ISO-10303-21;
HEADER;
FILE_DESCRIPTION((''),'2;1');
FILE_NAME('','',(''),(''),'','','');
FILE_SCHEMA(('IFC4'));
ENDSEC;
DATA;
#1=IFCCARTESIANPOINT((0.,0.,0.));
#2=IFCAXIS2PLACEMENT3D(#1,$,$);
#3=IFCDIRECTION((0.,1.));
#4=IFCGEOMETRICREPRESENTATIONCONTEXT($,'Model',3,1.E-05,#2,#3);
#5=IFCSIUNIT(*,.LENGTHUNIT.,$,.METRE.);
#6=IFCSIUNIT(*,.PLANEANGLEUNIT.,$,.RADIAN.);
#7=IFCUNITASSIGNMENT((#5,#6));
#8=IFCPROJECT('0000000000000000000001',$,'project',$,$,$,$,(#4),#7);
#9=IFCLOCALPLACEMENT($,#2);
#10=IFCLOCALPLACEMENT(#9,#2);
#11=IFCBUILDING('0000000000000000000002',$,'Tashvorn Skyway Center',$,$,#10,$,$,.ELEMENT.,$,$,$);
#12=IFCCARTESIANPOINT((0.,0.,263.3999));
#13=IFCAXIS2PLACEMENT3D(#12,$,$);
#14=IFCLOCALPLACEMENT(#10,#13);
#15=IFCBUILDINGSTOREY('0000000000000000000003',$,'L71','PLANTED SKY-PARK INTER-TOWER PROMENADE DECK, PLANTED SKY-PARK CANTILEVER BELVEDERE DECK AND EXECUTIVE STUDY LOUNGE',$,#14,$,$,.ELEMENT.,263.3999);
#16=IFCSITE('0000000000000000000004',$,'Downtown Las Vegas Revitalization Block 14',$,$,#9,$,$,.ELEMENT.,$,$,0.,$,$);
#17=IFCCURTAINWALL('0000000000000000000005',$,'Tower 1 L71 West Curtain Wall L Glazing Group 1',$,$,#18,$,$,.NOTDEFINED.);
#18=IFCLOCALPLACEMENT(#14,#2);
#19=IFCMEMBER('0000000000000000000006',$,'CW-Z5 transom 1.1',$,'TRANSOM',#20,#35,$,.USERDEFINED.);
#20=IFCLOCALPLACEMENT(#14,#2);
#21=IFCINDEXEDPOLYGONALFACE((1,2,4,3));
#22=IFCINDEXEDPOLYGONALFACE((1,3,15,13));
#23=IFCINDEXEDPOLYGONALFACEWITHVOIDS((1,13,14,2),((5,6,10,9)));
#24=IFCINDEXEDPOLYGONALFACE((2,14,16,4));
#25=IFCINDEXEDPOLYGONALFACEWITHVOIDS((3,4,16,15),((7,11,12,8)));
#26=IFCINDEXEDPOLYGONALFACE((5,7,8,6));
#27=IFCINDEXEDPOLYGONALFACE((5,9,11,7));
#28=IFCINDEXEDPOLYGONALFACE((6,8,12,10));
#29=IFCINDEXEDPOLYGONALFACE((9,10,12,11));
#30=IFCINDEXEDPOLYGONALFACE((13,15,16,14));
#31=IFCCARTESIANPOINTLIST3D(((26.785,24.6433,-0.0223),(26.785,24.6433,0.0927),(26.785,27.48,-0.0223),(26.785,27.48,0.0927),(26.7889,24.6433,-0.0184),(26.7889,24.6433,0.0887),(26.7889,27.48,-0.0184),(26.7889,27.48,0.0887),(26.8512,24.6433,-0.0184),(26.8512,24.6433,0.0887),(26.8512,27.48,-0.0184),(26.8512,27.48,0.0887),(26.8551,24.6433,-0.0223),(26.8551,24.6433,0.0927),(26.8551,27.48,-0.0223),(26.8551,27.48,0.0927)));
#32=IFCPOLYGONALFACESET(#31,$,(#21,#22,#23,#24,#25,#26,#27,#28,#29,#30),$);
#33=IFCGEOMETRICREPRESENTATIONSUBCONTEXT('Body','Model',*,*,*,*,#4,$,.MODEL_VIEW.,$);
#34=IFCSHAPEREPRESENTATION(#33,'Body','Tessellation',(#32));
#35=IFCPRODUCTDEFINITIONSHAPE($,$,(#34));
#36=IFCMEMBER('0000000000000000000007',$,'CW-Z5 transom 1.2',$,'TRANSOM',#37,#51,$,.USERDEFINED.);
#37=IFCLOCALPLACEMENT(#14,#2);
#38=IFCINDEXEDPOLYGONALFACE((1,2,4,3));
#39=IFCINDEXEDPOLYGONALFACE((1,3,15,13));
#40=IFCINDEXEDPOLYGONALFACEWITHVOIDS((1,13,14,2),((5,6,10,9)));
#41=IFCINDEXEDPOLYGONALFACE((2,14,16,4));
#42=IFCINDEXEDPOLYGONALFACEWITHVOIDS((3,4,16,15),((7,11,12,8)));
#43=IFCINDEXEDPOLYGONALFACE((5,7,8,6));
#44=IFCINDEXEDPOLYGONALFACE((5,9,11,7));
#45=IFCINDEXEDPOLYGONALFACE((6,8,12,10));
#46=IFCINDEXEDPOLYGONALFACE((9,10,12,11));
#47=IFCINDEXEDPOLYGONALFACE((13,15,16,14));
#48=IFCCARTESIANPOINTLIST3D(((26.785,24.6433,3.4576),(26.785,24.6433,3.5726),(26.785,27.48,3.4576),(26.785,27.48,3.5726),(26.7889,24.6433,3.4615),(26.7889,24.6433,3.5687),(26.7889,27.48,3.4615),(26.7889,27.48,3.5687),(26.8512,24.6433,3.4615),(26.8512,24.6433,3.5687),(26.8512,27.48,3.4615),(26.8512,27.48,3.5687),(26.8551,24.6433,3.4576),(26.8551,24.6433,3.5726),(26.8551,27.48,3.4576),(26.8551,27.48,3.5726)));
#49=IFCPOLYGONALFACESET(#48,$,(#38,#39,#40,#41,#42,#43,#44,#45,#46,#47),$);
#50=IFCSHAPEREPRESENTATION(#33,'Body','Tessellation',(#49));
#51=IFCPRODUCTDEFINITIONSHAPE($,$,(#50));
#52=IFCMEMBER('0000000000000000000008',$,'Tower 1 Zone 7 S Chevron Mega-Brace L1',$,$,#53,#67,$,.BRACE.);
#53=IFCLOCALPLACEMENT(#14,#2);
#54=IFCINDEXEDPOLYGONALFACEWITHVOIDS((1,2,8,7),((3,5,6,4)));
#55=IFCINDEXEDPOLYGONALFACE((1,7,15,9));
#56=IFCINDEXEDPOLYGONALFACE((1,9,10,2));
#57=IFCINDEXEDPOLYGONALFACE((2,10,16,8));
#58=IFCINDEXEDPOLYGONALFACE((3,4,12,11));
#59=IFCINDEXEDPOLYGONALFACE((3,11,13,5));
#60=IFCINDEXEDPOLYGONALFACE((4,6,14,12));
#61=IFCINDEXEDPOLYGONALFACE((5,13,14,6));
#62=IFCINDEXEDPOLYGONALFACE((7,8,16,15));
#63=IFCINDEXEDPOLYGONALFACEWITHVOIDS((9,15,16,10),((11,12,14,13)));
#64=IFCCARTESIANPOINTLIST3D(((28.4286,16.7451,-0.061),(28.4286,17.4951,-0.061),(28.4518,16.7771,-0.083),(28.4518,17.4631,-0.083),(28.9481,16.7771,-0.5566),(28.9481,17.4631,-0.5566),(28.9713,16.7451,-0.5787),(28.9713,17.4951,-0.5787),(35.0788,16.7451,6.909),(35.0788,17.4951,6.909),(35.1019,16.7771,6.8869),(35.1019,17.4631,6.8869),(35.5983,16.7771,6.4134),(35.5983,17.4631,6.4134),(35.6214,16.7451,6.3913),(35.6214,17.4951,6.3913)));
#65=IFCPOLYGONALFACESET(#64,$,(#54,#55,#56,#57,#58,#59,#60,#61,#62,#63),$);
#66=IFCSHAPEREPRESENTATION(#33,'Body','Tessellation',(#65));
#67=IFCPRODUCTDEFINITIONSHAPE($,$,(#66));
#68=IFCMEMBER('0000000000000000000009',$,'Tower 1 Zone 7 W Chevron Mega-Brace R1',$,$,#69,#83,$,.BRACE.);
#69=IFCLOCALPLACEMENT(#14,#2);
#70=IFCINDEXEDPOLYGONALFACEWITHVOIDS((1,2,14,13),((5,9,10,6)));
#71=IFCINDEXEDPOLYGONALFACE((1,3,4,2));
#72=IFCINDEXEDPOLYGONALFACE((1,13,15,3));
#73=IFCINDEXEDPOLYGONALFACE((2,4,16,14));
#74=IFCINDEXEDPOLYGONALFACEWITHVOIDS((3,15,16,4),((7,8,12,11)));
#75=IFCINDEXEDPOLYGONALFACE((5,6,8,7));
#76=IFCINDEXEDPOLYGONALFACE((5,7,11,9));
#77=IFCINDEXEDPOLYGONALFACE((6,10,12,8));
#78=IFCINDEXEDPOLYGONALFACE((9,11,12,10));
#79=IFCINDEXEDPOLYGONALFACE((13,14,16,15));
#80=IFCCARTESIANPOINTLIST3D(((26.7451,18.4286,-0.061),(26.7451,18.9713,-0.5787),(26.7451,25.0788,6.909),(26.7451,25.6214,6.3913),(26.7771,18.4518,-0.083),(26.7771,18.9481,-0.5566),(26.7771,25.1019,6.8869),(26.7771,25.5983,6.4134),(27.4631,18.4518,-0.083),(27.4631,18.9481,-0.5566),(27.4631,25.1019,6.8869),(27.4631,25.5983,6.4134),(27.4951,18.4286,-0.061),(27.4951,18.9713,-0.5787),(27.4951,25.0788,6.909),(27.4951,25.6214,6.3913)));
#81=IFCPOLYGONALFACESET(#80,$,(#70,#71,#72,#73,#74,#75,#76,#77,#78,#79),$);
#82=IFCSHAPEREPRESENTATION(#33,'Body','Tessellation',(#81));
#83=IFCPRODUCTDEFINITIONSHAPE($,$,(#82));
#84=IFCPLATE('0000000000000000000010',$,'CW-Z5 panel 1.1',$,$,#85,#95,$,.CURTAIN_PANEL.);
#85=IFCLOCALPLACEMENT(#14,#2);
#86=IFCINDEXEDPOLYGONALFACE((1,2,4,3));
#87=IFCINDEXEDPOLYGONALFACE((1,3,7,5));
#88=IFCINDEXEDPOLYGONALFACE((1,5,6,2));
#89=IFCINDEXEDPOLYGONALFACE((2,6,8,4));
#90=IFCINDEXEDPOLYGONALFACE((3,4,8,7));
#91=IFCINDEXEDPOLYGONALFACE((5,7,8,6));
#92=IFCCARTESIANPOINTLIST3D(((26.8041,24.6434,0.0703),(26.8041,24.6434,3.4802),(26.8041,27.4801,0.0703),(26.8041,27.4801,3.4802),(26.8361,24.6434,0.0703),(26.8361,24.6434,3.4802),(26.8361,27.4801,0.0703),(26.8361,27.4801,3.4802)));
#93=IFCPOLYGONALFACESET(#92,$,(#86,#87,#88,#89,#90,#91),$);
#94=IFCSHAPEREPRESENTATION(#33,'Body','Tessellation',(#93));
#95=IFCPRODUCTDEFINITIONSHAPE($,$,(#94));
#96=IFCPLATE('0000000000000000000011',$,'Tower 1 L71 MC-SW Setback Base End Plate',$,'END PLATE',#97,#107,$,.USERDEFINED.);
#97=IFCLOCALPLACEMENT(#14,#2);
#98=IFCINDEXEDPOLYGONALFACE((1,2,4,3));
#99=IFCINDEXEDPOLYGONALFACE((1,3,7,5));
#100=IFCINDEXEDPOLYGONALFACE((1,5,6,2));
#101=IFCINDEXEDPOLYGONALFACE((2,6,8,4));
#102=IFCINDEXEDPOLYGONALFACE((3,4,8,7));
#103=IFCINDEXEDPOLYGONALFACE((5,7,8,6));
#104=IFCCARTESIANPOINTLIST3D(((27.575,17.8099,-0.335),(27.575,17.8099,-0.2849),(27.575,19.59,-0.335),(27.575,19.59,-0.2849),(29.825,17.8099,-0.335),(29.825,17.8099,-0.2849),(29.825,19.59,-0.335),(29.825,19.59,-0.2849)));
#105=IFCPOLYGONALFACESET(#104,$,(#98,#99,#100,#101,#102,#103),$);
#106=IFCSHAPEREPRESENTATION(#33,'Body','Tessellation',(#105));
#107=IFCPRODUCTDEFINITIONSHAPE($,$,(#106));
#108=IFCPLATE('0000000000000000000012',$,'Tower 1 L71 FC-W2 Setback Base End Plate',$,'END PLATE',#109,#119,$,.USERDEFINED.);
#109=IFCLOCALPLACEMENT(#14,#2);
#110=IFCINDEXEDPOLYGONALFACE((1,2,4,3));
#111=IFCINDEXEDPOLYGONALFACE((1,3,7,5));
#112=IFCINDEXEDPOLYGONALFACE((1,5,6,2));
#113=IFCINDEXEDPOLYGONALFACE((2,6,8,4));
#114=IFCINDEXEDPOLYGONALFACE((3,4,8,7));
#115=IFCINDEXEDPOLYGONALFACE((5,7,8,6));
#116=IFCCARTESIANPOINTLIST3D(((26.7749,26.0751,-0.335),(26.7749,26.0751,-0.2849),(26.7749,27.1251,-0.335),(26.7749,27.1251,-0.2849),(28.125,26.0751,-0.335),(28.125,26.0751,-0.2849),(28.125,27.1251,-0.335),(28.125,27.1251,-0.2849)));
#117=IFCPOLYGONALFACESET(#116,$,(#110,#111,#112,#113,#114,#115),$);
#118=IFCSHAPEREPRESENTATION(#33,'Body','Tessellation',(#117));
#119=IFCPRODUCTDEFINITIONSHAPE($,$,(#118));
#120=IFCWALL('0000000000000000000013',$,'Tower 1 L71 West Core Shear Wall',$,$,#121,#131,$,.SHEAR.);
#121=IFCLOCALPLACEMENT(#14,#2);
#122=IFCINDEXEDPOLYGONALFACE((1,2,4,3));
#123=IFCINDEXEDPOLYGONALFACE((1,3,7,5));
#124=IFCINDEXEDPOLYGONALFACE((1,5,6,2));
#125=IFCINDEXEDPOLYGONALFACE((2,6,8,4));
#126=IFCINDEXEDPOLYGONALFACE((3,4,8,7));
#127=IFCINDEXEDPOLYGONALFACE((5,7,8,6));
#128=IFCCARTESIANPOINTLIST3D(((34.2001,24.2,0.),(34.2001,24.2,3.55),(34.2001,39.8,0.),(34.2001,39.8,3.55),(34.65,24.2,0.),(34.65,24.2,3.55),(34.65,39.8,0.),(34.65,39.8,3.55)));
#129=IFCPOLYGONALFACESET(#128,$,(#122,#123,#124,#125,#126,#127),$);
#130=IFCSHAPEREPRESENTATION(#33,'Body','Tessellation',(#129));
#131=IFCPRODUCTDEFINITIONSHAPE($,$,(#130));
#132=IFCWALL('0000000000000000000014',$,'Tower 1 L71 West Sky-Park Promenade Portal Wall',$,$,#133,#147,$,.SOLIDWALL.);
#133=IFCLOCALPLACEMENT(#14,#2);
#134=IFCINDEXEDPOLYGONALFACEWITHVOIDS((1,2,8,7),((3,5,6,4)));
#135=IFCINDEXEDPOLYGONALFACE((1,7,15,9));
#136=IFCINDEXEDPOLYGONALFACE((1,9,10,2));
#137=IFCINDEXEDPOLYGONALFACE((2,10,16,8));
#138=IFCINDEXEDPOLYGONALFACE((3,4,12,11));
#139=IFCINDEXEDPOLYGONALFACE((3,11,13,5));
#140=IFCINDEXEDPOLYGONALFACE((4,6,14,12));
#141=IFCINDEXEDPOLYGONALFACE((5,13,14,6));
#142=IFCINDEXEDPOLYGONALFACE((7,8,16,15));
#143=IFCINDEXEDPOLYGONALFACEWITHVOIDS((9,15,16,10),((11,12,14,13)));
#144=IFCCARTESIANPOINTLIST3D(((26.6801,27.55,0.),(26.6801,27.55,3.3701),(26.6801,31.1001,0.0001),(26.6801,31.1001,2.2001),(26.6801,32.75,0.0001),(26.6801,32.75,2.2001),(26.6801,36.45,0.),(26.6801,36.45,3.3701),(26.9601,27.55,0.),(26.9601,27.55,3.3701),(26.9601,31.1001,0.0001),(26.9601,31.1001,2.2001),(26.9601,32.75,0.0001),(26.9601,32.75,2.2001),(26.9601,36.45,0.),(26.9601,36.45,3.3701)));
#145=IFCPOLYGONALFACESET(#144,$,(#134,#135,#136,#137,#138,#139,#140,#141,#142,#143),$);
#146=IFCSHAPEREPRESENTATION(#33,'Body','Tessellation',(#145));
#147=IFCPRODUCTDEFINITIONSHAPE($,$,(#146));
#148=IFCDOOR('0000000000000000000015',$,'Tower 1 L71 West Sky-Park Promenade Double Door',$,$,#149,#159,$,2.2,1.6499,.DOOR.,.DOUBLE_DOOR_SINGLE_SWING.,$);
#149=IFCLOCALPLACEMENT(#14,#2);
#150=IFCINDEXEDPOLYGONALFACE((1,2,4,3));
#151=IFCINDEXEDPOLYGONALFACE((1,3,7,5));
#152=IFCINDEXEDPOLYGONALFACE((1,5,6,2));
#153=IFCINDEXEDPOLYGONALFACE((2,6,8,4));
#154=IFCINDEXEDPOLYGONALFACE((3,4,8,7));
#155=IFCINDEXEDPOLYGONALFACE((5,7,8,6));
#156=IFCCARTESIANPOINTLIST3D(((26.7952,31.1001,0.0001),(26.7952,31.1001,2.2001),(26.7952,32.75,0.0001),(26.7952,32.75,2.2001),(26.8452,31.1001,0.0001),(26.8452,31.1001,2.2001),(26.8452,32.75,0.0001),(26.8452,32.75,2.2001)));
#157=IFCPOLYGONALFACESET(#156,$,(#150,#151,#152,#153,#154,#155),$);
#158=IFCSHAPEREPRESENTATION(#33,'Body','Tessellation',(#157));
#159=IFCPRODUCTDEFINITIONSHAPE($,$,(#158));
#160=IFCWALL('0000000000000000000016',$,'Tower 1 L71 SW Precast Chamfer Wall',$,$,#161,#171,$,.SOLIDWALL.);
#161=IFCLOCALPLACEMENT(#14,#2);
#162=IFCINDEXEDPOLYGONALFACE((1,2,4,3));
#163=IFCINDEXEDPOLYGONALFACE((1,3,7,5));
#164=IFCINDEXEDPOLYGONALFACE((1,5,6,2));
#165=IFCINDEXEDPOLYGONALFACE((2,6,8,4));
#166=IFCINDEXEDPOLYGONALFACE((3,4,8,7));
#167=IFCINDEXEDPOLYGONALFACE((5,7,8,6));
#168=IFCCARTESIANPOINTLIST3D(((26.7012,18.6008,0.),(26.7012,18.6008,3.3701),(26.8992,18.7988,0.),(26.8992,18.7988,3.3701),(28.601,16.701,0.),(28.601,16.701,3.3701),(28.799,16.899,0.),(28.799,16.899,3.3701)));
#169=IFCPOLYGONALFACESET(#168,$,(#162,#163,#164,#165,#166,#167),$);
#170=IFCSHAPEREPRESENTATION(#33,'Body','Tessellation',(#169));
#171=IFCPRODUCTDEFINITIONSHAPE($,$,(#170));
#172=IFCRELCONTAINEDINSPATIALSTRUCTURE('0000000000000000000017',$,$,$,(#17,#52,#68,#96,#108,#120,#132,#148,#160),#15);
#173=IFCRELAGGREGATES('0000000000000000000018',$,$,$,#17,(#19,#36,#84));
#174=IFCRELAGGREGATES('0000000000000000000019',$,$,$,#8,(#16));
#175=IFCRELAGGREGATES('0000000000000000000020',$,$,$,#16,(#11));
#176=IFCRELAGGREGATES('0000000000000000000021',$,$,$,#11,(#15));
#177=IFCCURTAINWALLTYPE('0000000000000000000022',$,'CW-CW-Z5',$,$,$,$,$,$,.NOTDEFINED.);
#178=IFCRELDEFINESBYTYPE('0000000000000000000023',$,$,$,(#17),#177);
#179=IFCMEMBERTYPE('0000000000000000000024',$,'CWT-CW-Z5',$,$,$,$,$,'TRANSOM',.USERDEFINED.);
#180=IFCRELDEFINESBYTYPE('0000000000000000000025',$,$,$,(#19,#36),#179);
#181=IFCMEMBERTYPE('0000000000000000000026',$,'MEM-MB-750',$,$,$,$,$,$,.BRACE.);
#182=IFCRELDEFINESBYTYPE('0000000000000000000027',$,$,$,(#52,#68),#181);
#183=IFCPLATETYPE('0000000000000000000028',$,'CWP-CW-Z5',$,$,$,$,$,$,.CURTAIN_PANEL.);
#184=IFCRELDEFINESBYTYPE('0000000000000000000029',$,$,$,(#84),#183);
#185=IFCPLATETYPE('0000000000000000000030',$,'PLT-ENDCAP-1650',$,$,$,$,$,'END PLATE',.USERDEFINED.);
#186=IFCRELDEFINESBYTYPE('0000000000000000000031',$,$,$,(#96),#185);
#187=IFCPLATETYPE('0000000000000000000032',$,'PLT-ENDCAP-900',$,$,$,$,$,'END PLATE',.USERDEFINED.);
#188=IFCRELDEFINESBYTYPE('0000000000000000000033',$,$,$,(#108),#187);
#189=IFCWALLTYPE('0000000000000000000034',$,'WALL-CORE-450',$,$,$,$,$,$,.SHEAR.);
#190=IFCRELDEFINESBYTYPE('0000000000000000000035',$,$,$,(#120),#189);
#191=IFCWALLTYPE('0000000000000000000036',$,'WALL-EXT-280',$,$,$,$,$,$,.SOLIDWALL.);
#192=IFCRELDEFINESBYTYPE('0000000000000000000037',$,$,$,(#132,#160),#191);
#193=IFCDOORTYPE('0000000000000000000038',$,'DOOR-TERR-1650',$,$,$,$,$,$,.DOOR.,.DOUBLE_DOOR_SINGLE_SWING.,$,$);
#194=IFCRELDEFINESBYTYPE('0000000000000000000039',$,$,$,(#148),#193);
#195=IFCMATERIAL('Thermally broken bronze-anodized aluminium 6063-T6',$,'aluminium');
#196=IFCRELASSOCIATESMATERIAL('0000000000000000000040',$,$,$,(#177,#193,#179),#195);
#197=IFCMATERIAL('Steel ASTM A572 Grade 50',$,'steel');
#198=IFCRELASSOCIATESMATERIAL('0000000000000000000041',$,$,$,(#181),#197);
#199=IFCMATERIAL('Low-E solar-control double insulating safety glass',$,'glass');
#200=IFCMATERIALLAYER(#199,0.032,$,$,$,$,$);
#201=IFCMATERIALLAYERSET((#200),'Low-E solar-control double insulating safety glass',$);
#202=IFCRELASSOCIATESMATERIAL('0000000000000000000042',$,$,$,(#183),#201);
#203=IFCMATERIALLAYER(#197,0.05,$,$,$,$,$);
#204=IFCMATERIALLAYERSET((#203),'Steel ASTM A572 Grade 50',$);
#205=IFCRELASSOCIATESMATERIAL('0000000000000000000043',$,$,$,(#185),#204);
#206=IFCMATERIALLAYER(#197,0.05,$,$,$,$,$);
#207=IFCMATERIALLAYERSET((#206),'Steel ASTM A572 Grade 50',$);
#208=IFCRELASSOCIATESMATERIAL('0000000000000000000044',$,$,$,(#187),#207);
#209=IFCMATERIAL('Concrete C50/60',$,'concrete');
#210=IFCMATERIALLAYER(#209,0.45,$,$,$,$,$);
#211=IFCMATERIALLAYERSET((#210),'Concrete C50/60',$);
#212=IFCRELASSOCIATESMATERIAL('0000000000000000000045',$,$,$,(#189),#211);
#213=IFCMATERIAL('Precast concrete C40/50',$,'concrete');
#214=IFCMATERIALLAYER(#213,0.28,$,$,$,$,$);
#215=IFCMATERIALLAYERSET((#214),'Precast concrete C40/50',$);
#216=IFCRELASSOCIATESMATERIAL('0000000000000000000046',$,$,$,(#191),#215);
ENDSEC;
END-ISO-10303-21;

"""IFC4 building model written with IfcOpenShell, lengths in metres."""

from ifc_helpers import new_model, si_unit, direction, frame, frame_2d, origin, origin_2d, place, context, subcontext, project, spatial, rectangle, hollow_rectangle, extrude, material, layer, layer_set, material_profile, profile_set, type_object, element, fill, aggregate, save


model = new_model("IFC4")

# Units and contexts
model_context = context("Model", 3, precision=1e-05, world=origin(), true_north=direction((0.0, 1.0)))
body_context = subcontext(model_context, "Body", "Model", "MODEL_VIEW")
ifc_project = project(units=[si_unit("LENGTHUNIT", "METRE"), si_unit("PLANEANGLEUNIT", "RADIAN")], contexts=[model_context])

# Site, building, storey
site_placement = place(None, origin())
site = spatial("IfcSite", under=ifc_project, at=site_placement, Name="Downtown Las Vegas Revitalization Block 14", CompositionType="ELEMENT", RefElevation=0.0)
building_placement = place(site_placement, origin())
building = spatial("IfcBuilding", under=site, at=building_placement, Name="Tashvorn Skyway Center", CompositionType="ELEMENT")
storey_placement = place(building_placement, frame((0.0, 0.0, 263.3999)))
storey = spatial("IfcBuildingStorey", under=building, at=storey_placement, Name="L71", Description="PLANTED SKY-PARK INTER-TOWER PROMENADE DECK, PLANTED SKY-PARK CANTILEVER BELVEDERE DECK AND EXECUTIVE STUDY LOUNGE", CompositionType="ELEMENT", Elevation=263.3999)

# Shared definitions
ifc_material_1 = material(Name="Steel ASTM A572 Grade 50", Category="steel")

# Shared definitions
ifc_material_2 = material(Name="Thermally broken bronze-anodized aluminium 6063-T6", Category="aluminium")
curtain_wall_type = type_object("IfcCurtainWallType", Name="CW-CW-Z5", PredefinedType="NOTDEFINED", material=ifc_material_2)

# Curtain wall, members
curtain_wall_1_placement = place(storey_placement, origin())
curtain_wall_1 = element("IfcCurtainWall", 1, at=curtain_wall_1_placement, inside=storey, type_object=curtain_wall_type, Name="Tower 1 L71 West Curtain Wall L Glazing Group 1", PredefinedType="NOTDEFINED")
ifc_material_profile_1 = material_profile(ifc_material_2, hollow_rectangle(XDim=0.0701, YDim=0.115, WallThickness=0.0039, at=origin_2d()), Name="ALU-TRAN-70x115")
ifc_profile_set_1 = profile_set([ifc_material_profile_1], Name="Thermally broken bronze-anodized aluminium 6063-T6")
member_type_1 = type_object("IfcMemberType", Name="CWT-CW-Z5", ElementType="TRANSOM", PredefinedType="USERDEFINED", material=ifc_profile_set_1)
member_1_placement = place(storey_placement, frame((26.8201, 24.6433, 0.0352), z_axis=(0.0, 1.0, 0.0), x_axis=(-1.0, 0.0, 0.0)))
member_1 = element("IfcMember", 2, at=member_1_placement, type_object=member_type_1, Name="CW-Z5 transom 1.1", ObjectType="TRANSOM", PredefinedType="USERDEFINED", context=body_context, shape_type="SweptSolid", body=[
    extrude(hollow_rectangle(XDim=0.0701, YDim=0.115, WallThickness=0.0039, at=origin_2d()), origin(), (0.0, 0.0, 1.0), 2.8367),
])
member_2_placement = place(storey_placement, frame((26.8201, 24.6433, 3.5151), z_axis=(0.0, 1.0, 0.0), x_axis=(-1.0, 0.0, 0.0)))
member_2 = element("IfcMember", 3, at=member_2_placement, type_object=member_type_1, Name="CW-Z5 transom 1.2", ObjectType="TRANSOM", PredefinedType="USERDEFINED", context=body_context, shape_type="SweptSolid", body=[
    extrude(hollow_rectangle(XDim=0.0701, YDim=0.115, WallThickness=0.0039, at=origin_2d()), origin(), (0.0, 0.0, 1.0), 2.8367),
])

# Members
ifc_material_profile_2 = material_profile(ifc_material_1, hollow_rectangle(XDim=0.75, YDim=0.75, WallThickness=0.032, at=origin_2d()), Name="BOX750x750x32")
ifc_profile_set_2 = profile_set([ifc_material_profile_2], Name="Steel ASTM A572 Grade 50")
member_type_2 = type_object("IfcMemberType", Name="MEM-MB-750", PredefinedType="BRACE", material=ifc_profile_set_2)
for number, where, z_axis, x_axis, name in (
    (4, (28.7, 17.1201, -0.3198), (0.690312, 0.0, 0.723511), (0.0, 1.0, 0.0), "Tower 1 Zone 7 S Chevron Mega-Brace L1"),
    (5, (27.1201, 18.7, -0.3198), (0.0, 0.690312, 0.723511), (-1.0, 0.0, 0.0), "Tower 1 Zone 7 W Chevron Mega-Brace R1"),
):
    element("IfcMember", number, at=place(storey_placement, frame(where, z_axis=z_axis, x_axis=x_axis)), inside=storey, type_object=member_type_2, Name=name, PredefinedType="BRACE", context=body_context, shape_type="SweptSolid", body=[
        extrude(hollow_rectangle(XDim=0.75, YDim=0.75, WallThickness=0.032, at=origin_2d()), origin(), (0.0, 0.0, 1.0), 9.6335),
    ])

# Plate
ifc_material_3 = material(Name="Low-E solar-control double insulating safety glass", Category="glass")
ifc_layer_1 = layer(ifc_material_3, 0.032)
ifc_layer_set_1 = layer_set([ifc_layer_1], Name="Low-E solar-control double insulating safety glass")
plate_type_1 = type_object("IfcPlateType", Name="CWP-CW-Z5", PredefinedType="CURTAIN_PANEL", material=ifc_layer_set_1)
plate_1_placement = place(storey_placement, frame((26.8201, 26.0618, 0.0703), z_axis=(0.0, 0.0, 1.0), x_axis=(0.0, 1.0, 0.0)))
plate_1 = element("IfcPlate", 6, at=plate_1_placement, type_object=plate_type_1, Name="CW-Z5 panel 1.1", PredefinedType="CURTAIN_PANEL", context=body_context, shape_type="SweptSolid", body=[
    extrude(rectangle(XDim=2.8367, YDim=0.032, at=origin_2d()), origin(), (0.0, 0.0, 1.0), 3.4099),
])
aggregate(curtain_wall_1, [member_1, member_2, plate_1])

# Plates
ifc_layer_2 = layer(ifc_material_1, 0.05)
ifc_layer_set_2 = layer_set([ifc_layer_2], Name="Steel ASTM A572 Grade 50")
plate_type_2 = type_object("IfcPlateType", Name="PLT-ENDCAP-1650", ElementType="END PLATE", PredefinedType="USERDEFINED", material=ifc_layer_set_2)
plate_2_placement = place(storey_placement, frame((28.7, 18.7, -0.335), z_axis=(0.0, 0.0, 1.0), x_axis=(1.0, 0.0, 0.0)))
element("IfcPlate", 7, at=plate_2_placement, inside=storey, type_object=plate_type_2, Name="Tower 1 L71 MC-SW Setback Base End Plate", ObjectType="END PLATE", PredefinedType="USERDEFINED", context=body_context, shape_type="SweptSolid", body=[
    extrude(rectangle(XDim=2.25, YDim=1.78, at=origin_2d()), origin(), (0.0, 0.0, 1.0), 0.05),
])
ifc_layer_3 = layer(ifc_material_1, 0.05)
ifc_layer_set_3 = layer_set([ifc_layer_3], Name="Steel ASTM A572 Grade 50")
plate_type_3 = type_object("IfcPlateType", Name="PLT-ENDCAP-900", ElementType="END PLATE", PredefinedType="USERDEFINED", material=ifc_layer_set_3)
plate_3_placement = place(storey_placement, frame((27.45, 26.6001, -0.335), z_axis=(0.0, 0.0, 1.0), x_axis=(1.0, 0.0, 0.0)))
element("IfcPlate", 8, at=plate_3_placement, inside=storey, type_object=plate_type_3, Name="Tower 1 L71 FC-W2 Setback Base End Plate", ObjectType="END PLATE", PredefinedType="USERDEFINED", context=body_context, shape_type="SweptSolid", body=[
    extrude(rectangle(XDim=1.3501, YDim=1.05, at=origin_2d()), origin(), (0.0, 0.0, 1.0), 0.05),
])

# Wall
ifc_material_4 = material(Name="Concrete C50/60", Category="concrete")
ifc_layer_4 = layer(ifc_material_4, 0.45)
ifc_layer_set_4 = layer_set([ifc_layer_4], Name="Concrete C50/60")
wall_type_1 = type_object("IfcWallType", Name="WALL-CORE-450", PredefinedType="SHEAR", material=ifc_layer_set_4)
wall_1_placement = place(storey_placement, frame((34.425, 24.2, 0.0), z_axis=(0.0, 0.0, 1.0), x_axis=(0.0, 1.0, 0.0)))
element("IfcWall", 9, at=wall_1_placement, inside=storey, type_object=wall_type_1, Name="Tower 1 L71 West Core Shear Wall", PredefinedType="SHEAR", context=body_context, shape_type="SweptSolid", body=[
    extrude(rectangle(XDim=15.6001, YDim=0.45, at=frame_2d((7.8, 0.0))), origin(), (0.0, 0.0, 1.0), 3.55),
])

# Wall, opening, door
ifc_material_5 = material(Name="Precast concrete C40/50", Category="concrete")
ifc_layer_5 = layer(ifc_material_5, 0.28)
ifc_layer_set_5 = layer_set([ifc_layer_5], Name="Precast concrete C40/50")
wall_type_2 = type_object("IfcWallType", Name="WALL-EXT-280", PredefinedType="SOLIDWALL", material=ifc_layer_set_5)
wall_2_placement = place(storey_placement, frame((26.8201, 27.55, 0.0), z_axis=(0.0, 0.0, 1.0), x_axis=(0.0, 1.0, 0.0)))
wall_2 = element("IfcWall", 10, at=wall_2_placement, inside=storey, type_object=wall_type_2, Name="Tower 1 L71 West Sky-Park Promenade Portal Wall", PredefinedType="SOLIDWALL", context=body_context, shape_type="SweptSolid", body=[
    extrude(rectangle(XDim=8.8999, YDim=0.28, at=frame_2d((4.45, 0.0))), origin(), (0.0, 0.0, 1.0), 3.3701),
])
opening_1_placement = place(wall_2_placement, frame((3.55, 0.0, 0.0)))
opening_1 = element("IfcOpeningElement", 11, at=opening_1_placement, cuts=wall_2, PredefinedType="OPENING", context=body_context, shape_type="SweptSolid", body=[
    extrude(rectangle(XDim=1.6499, YDim=2.2, at=frame_2d((0.825, 1.1001))), frame((0.0, 0.1499, 0.0), z_axis=(0.0, -1.0, 0.0), x_axis=(1.0, 0.0, 0.0)), (0.0, 0.0, 1.0), 0.3),
])
door_type_1 = type_object("IfcDoorType", Name="DOOR-TERR-1650", OperationType="DOUBLE_DOOR_SINGLE_SWING", PredefinedType="DOOR", material=ifc_material_2)
door_1_placement = place(opening_1_placement, origin())
door_1 = element("IfcDoor", 12, at=door_1_placement, inside=storey, type_object=door_type_1, Name="Tower 1 L71 West Sky-Park Promenade Double Door", OperationType="DOUBLE_DOOR_SINGLE_SWING", OverallHeight=2.2, OverallWidth=1.6499, PredefinedType="DOOR", context=body_context, shape_type="SweptSolid", body=[
    extrude(rectangle(XDim=1.6499, YDim=2.2, at=frame_2d((0.825, 1.1001))), frame((0.0, 0.0249, 0.0), z_axis=(0.0, -1.0, 0.0), x_axis=(1.0, 0.0, 0.0)), (0.0, 0.0, 1.0), 0.05),
])
fill(opening_1, door_1)

# Wall
wall_3_placement = place(storey_placement, frame((28.7, 16.8, 0.0), z_axis=(0.0, 0.0, 1.0), x_axis=(-0.707107, 0.707107, 0.0)))
element("IfcWall", 13, at=wall_3_placement, inside=storey, type_object=wall_type_2, Name="Tower 1 L71 SW Precast Chamfer Wall", PredefinedType="SOLIDWALL", context=body_context, shape_type="SweptSolid", body=[
    extrude(rectangle(XDim=2.6868, YDim=0.28, at=frame_2d((1.3433, 0.0))), origin(), (0.0, 0.0, 1.0), 3.3701),
])

save(model, "model.ifc")
